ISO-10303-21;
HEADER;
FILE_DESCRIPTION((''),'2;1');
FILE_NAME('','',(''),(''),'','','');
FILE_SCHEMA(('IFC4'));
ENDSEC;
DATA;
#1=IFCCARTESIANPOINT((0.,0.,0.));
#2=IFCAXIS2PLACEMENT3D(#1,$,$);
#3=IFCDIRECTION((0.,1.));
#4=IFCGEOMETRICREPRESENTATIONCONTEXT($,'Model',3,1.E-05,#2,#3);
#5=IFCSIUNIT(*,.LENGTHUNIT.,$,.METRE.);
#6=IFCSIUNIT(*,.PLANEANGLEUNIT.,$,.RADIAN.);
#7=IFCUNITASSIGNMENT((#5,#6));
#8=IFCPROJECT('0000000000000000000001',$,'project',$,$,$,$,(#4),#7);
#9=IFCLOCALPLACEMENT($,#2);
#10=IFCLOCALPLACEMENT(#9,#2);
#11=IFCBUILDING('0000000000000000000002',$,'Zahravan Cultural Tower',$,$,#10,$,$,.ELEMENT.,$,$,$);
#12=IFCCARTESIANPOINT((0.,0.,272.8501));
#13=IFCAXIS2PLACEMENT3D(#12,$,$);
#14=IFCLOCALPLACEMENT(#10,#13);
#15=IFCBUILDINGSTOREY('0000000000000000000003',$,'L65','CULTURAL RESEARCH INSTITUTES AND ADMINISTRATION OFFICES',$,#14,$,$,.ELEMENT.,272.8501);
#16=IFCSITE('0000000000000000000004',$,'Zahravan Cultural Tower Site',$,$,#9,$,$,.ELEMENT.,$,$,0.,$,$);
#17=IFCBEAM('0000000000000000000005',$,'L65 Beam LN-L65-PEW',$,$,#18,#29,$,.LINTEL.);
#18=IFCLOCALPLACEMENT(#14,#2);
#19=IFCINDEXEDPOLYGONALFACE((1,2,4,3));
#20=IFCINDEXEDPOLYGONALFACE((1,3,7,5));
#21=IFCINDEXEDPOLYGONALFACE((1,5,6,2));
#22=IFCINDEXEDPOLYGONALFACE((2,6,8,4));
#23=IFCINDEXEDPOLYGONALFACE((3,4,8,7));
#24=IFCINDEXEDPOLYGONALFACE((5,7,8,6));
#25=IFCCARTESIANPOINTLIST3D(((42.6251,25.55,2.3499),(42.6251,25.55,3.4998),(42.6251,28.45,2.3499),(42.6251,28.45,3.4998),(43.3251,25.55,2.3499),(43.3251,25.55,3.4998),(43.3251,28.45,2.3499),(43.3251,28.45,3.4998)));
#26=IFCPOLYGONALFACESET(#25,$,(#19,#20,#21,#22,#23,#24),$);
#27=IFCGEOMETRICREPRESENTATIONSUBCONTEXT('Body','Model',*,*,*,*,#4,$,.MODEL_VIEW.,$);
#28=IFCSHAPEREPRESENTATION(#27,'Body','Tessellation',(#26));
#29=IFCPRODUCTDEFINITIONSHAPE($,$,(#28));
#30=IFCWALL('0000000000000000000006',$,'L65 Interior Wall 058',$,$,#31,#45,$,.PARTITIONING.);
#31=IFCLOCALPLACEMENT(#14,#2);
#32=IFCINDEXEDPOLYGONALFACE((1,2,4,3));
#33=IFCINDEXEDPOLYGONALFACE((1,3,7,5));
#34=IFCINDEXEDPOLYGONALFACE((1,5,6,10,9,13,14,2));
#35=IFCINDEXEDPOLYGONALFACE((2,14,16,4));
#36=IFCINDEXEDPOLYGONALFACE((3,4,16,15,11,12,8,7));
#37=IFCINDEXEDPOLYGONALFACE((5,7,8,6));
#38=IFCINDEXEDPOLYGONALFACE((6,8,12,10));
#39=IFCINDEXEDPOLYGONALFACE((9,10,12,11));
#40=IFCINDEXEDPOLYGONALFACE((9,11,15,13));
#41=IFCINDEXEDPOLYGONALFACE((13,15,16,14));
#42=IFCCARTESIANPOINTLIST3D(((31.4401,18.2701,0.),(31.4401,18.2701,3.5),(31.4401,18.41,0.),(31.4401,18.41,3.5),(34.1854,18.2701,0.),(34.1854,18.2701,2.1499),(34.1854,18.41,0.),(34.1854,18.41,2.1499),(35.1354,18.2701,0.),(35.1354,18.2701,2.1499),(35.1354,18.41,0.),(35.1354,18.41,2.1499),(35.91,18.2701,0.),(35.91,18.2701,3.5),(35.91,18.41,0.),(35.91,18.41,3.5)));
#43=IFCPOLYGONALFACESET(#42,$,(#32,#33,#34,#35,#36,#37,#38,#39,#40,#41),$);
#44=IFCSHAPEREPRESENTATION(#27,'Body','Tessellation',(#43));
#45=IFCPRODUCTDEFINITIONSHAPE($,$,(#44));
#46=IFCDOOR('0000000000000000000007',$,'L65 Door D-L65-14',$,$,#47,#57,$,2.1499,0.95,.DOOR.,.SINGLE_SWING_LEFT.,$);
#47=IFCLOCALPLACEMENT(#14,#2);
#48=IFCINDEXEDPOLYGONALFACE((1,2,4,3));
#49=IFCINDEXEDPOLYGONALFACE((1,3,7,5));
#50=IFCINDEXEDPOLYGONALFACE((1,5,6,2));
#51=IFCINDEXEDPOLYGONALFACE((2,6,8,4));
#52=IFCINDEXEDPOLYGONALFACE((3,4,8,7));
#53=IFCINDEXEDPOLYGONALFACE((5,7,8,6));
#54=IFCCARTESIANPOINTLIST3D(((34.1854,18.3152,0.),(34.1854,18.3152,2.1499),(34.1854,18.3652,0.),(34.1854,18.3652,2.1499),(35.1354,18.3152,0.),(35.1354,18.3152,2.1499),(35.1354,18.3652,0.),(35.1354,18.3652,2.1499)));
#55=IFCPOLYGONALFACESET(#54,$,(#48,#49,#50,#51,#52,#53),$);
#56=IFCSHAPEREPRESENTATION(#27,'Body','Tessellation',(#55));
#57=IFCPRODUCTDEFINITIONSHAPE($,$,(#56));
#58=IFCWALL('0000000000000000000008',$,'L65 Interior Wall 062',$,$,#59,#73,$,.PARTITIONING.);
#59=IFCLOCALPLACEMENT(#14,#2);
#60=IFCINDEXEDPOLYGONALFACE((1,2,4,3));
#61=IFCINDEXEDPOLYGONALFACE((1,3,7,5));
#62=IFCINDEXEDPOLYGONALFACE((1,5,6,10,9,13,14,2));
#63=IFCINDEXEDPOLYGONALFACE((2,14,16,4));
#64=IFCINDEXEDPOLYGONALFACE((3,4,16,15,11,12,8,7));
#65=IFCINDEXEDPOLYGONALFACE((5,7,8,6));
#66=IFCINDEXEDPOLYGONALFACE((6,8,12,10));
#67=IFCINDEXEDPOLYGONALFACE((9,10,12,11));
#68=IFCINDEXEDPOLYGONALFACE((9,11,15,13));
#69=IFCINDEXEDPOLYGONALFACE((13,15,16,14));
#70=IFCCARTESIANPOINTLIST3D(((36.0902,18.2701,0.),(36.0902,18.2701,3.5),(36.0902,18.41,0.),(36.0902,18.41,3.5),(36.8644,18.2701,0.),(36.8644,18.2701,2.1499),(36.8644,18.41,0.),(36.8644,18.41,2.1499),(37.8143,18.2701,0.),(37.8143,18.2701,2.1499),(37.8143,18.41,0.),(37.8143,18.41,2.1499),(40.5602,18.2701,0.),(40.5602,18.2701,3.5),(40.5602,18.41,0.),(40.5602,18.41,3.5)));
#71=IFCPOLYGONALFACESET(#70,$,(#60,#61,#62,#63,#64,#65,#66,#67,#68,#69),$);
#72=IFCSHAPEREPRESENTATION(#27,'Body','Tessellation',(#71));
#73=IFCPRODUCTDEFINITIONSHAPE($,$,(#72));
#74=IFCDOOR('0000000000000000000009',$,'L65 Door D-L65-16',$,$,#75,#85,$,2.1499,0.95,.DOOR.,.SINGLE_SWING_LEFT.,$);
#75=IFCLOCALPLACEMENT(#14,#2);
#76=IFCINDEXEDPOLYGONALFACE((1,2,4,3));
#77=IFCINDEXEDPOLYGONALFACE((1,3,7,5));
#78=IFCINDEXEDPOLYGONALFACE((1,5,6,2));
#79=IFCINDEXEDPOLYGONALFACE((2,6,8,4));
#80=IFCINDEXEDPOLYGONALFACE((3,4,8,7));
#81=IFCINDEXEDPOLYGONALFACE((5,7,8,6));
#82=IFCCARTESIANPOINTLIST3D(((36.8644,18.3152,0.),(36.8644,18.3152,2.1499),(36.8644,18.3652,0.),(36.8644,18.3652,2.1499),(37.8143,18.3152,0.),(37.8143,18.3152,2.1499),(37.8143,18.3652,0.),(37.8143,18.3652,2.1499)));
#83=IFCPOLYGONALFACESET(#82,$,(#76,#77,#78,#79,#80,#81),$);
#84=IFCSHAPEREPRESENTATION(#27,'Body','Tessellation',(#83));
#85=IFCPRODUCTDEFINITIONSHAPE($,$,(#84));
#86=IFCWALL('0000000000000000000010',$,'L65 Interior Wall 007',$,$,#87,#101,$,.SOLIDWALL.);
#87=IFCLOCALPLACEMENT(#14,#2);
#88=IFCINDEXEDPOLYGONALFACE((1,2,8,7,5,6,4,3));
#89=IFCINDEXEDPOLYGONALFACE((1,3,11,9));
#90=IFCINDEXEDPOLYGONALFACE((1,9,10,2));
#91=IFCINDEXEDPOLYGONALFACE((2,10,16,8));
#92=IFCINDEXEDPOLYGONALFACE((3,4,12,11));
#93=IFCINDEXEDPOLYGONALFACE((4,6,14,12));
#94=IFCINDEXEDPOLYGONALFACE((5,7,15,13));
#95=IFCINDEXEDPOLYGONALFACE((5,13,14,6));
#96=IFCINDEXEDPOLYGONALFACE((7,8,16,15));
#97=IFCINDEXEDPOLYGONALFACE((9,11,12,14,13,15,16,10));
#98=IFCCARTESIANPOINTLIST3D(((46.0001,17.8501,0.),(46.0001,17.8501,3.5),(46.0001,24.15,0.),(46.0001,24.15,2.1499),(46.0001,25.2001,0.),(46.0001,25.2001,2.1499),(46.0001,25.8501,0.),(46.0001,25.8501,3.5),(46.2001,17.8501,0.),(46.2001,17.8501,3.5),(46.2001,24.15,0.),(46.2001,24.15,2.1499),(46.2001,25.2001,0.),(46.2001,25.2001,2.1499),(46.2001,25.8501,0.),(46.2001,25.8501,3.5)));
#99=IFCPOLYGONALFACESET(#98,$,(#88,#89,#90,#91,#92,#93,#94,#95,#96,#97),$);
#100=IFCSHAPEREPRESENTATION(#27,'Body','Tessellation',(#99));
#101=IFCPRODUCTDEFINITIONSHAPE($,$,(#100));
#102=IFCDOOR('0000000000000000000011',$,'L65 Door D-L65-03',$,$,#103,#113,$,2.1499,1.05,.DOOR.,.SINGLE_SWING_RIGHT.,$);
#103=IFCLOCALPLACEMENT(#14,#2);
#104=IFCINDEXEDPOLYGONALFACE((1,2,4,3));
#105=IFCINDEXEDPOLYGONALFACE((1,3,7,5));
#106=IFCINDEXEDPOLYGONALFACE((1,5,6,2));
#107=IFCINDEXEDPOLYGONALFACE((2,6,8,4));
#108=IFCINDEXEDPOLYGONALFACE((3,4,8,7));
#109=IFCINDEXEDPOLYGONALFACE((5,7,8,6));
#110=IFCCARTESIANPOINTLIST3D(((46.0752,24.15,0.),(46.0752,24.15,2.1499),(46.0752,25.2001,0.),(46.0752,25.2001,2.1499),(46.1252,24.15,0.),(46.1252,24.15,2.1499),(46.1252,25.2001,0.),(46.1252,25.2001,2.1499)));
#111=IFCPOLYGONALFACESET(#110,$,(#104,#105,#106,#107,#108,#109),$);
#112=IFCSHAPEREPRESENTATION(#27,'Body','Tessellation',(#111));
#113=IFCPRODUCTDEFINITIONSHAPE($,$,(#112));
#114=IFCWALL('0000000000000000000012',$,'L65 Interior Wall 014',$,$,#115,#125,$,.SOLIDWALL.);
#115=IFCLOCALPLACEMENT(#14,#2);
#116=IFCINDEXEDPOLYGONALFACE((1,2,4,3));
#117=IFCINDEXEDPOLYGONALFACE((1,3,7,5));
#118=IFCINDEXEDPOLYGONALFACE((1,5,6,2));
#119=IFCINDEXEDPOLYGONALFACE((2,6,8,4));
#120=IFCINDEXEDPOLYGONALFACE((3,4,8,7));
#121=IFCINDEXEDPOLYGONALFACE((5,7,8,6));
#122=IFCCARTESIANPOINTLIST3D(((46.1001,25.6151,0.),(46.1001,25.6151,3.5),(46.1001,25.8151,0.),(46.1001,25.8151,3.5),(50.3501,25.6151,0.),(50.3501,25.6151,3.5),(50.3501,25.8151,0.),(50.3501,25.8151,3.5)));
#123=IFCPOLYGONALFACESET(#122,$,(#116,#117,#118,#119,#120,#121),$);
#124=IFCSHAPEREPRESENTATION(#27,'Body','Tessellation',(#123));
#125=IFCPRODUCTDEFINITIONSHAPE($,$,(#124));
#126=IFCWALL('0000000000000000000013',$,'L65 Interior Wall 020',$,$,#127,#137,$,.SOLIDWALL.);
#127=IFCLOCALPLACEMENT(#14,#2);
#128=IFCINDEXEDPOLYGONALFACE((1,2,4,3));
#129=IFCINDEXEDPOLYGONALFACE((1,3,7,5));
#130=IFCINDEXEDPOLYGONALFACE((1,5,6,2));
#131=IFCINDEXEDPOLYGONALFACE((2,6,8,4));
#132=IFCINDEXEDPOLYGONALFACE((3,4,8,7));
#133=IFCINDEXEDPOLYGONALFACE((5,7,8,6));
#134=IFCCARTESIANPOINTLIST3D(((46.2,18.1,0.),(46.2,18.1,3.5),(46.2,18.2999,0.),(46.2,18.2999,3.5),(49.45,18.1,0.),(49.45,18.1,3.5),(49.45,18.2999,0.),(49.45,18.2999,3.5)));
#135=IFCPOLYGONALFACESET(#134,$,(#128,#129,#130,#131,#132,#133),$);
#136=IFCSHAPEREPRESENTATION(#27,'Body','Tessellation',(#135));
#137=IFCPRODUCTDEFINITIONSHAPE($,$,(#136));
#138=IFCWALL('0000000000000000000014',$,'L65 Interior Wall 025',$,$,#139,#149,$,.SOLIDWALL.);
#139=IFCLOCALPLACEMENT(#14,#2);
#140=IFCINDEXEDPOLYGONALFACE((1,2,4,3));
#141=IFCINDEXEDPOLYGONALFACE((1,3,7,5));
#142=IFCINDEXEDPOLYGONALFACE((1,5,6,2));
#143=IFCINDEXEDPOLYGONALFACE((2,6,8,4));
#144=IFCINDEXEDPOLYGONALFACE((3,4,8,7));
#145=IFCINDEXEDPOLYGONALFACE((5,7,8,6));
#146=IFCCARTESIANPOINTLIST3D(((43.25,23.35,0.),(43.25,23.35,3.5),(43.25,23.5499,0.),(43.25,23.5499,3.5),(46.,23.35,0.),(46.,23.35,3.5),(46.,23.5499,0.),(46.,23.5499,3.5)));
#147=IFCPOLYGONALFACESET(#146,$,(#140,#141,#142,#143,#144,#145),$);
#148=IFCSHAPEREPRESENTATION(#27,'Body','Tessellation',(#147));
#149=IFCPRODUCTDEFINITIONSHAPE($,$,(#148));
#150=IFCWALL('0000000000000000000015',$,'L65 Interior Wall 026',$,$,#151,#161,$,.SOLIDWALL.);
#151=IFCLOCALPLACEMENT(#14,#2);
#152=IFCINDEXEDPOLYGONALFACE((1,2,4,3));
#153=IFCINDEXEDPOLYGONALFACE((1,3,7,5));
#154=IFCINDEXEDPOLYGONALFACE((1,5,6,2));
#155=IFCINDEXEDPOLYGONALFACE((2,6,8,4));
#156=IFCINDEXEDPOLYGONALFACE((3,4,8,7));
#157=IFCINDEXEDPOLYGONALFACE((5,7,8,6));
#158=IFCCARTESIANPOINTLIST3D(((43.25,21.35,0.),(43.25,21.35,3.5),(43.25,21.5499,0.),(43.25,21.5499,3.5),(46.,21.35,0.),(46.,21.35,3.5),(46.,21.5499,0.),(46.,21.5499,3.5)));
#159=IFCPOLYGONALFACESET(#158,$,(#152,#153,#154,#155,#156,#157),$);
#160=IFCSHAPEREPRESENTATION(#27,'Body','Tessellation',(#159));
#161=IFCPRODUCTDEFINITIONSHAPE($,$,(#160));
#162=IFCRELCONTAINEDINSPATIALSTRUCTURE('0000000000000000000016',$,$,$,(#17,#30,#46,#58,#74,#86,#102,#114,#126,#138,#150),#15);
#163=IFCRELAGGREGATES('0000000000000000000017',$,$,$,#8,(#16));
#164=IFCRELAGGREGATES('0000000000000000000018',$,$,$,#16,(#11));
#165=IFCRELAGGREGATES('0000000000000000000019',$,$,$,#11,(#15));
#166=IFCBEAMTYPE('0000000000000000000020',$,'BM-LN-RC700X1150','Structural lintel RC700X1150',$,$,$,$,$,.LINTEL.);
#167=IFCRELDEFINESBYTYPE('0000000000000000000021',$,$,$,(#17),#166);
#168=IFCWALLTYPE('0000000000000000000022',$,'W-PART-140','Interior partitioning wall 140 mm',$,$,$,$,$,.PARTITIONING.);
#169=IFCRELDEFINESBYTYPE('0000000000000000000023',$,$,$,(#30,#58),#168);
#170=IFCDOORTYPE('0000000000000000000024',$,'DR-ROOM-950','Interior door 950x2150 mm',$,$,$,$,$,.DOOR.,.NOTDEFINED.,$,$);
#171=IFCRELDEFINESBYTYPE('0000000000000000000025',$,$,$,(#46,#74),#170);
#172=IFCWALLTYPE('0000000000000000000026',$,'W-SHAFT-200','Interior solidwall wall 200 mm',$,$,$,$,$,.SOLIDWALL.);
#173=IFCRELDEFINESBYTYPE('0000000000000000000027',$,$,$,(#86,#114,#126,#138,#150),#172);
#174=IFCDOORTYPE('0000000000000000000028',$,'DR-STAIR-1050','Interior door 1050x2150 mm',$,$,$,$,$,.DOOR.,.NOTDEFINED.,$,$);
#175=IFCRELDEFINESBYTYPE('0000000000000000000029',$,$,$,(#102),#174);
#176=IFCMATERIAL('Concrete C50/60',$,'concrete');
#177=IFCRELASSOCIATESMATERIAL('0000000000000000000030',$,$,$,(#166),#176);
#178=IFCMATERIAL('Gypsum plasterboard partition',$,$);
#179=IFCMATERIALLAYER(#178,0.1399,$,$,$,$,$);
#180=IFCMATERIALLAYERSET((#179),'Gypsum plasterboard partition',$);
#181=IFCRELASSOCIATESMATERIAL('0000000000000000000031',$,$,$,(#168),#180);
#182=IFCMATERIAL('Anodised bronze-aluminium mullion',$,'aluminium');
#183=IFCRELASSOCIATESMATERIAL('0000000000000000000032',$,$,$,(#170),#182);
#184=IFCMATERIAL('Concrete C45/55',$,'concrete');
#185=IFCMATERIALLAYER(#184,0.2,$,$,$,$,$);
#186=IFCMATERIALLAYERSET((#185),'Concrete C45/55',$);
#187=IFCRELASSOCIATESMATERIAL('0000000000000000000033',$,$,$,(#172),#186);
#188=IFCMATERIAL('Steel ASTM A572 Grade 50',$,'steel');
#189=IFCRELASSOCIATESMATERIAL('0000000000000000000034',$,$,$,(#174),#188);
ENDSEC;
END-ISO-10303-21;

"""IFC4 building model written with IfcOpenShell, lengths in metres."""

from ifc_helpers import new_model, si_unit, direction, frame, frame_2d, origin, origin_2d, place, context, subcontext, project, spatial, rectangle, extrude, source, transform, mapped, material, layer, layer_set, material_profile, profile_set, type_object, element, fill, save


model = new_model("IFC4")

# Units and contexts
model_context = context("Model", 3, precision=1e-05, world=origin(), true_north=direction((0.0, 1.0)))
body_context = subcontext(model_context, "Body", "Model", "MODEL_VIEW")
ifc_project = project(units=[si_unit("LENGTHUNIT", "METRE"), si_unit("PLANEANGLEUNIT", "RADIAN")], contexts=[model_context])

# Site, building, storey
site_placement = place(None, origin())
site = spatial("IfcSite", under=ifc_project, at=site_placement, Name="Zahravan Cultural Tower Site", CompositionType="ELEMENT", RefElevation=0.0)
building_placement = place(site_placement, origin())
building = spatial("IfcBuilding", under=site, at=building_placement, Name="Zahravan Cultural Tower", CompositionType="ELEMENT")
storey_placement = place(building_placement, frame((0.0, 0.0, 272.8501)))
storey = spatial("IfcBuildingStorey", under=building, at=storey_placement, Name="L65", Description="CULTURAL RESEARCH INSTITUTES AND ADMINISTRATION OFFICES", CompositionType="ELEMENT", Elevation=272.8501)

# Beam
ifc_material_1 = material(Name="Concrete C50/60", Category="concrete")
ifc_material_profile = material_profile(ifc_material_1, rectangle(XDim=0.7, YDim=1.1499, at=origin_2d()), Name="RC700X1150")
ifc_profile_set = profile_set([ifc_material_profile], Name="Concrete C50/60")
beam_type = type_object("IfcBeamType", Name="BM-LN-RC700X1150", Description="Structural lintel RC700X1150", PredefinedType="LINTEL", material=ifc_profile_set)
shared_shape_1 = source(origin(), body_context, "Body", "SweptSolid", [
    extrude(rectangle(XDim=0.7, YDim=1.1499, at=origin_2d()), origin(), (0.0, 0.0, 1.0), 2.8999),
])
beam_placement = place(storey_placement, frame((42.9751, 25.55, 2.9248), z_axis=(0.0, 1.0, 0.0), x_axis=(-1.0, 0.0, 0.0)))
element("IfcBeam", 1, at=beam_placement, inside=storey, type_object=beam_type, Name="L65 Beam LN-L65-PEW", PredefinedType="LINTEL", context=body_context, shape_type="MappedRepresentation", body=[
    mapped(shared_shape_1, transform((0.0, 0.0, 0.0), x_axis=(1.0, 0.0, 0.0), y_axis=(0.0, 1.0, 0.0), z_axis=(0.0, 0.0, 1.0), scale=1.0)),
])

# Walls, openings, doors
ifc_material_2 = material(Name="Gypsum plasterboard partition")
ifc_layer_1 = layer(ifc_material_2, 0.1399)
ifc_layer_set_1 = layer_set([ifc_layer_1], Name="Gypsum plasterboard partition")
wall_type_1 = type_object("IfcWallType", Name="W-PART-140", Description="Interior partitioning wall 140 mm", PredefinedType="PARTITIONING", material=ifc_layer_set_1)
wall_1_placement = place(storey_placement, frame((35.9099, 18.3401, 0.0), z_axis=(0.0, 0.0, 1.0), x_axis=(-1.0, 0.0, 0.0)))
wall_1 = element("IfcWall", 2, at=wall_1_placement, inside=storey, type_object=wall_type_1, Name="L65 Interior Wall 058", PredefinedType="PARTITIONING", context=body_context, shape_type="SweptSolid", body=[
    extrude(rectangle(XDim=4.47, YDim=0.1399, at=frame_2d((2.2349, 0.0))), origin(), (0.0, 0.0, 1.0), 3.5),
])
opening_1_placement = place(wall_1_placement, frame((0.7744, 0.0, 0.0)))
opening_1 = element("IfcOpeningElement", 3, at=opening_1_placement, cuts=wall_1, PredefinedType="OPENING", context=body_context, shape_type="SweptSolid", body=[
    extrude(rectangle(XDim=0.95, YDim=2.1499, at=frame_2d((0.4751, 1.075))), frame((0.0, 0.0798, 0.0), z_axis=(0.0, -1.0, 0.0), x_axis=(1.0, 0.0, 0.0)), (0.0, 0.0, 1.0), 0.1599),
])
ifc_material_3 = material(Name="Anodised bronze-aluminium mullion", Category="aluminium")
door_type_1 = type_object("IfcDoorType", Name="DR-ROOM-950", Description="Interior door 950x2150 mm", OperationType="NOTDEFINED", PredefinedType="DOOR", material=ifc_material_3)
shared_shape_2 = source(origin(), body_context, "Body", "SweptSolid", [
    extrude(rectangle(XDim=0.95, YDim=2.1499, at=frame_2d((0.4751, 1.075))), frame((0.0, 0.0249, 0.0), z_axis=(0.0, -1.0, 0.0), x_axis=(1.0, 0.0, 0.0)), (0.0, 0.0, 1.0), 0.05),
])
door_1_placement = place(opening_1_placement, origin())
door_1 = element("IfcDoor", 4, at=door_1_placement, inside=storey, type_object=door_type_1, Name="L65 Door D-L65-14", OperationType="SINGLE_SWING_LEFT", OverallHeight=2.1499, OverallWidth=0.95, PredefinedType="DOOR", context=body_context, shape_type="MappedRepresentation", body=[
    mapped(shared_shape_2, transform((0.0, 0.0, 0.0), x_axis=(1.0, 0.0, 0.0), y_axis=(0.0, 1.0, 0.0), z_axis=(0.0, 0.0, 1.0), scale=1.0)),
])
fill(opening_1, door_1)
wall_2_placement = place(storey_placement, frame((40.5601, 18.3401, 0.0), z_axis=(0.0, 0.0, 1.0), x_axis=(-1.0, 0.0, 0.0)))
wall_2 = element("IfcWall", 5, at=wall_2_placement, inside=storey, type_object=wall_type_1, Name="L65 Interior Wall 062", PredefinedType="PARTITIONING", context=body_context, shape_type="SweptSolid", body=[
    extrude(rectangle(XDim=4.47, YDim=0.1399, at=frame_2d((2.2349, 0.0))), origin(), (0.0, 0.0, 1.0), 3.5),
])
opening_2_placement = place(wall_2_placement, frame((2.7456, 0.0, 0.0)))
opening_2 = element("IfcOpeningElement", 6, at=opening_2_placement, cuts=wall_2, PredefinedType="OPENING", context=body_context, shape_type="SweptSolid", body=[
    extrude(rectangle(XDim=0.95, YDim=2.1499, at=frame_2d((0.4751, 1.075))), frame((0.0, 0.0798, 0.0), z_axis=(0.0, -1.0, 0.0), x_axis=(1.0, 0.0, 0.0)), (0.0, 0.0, 1.0), 0.1599),
])
door_2_placement = place(opening_2_placement, origin())
door_2 = element("IfcDoor", 7, at=door_2_placement, inside=storey, type_object=door_type_1, Name="L65 Door D-L65-16", OperationType="SINGLE_SWING_LEFT", OverallHeight=2.1499, OverallWidth=0.95, PredefinedType="DOOR", context=body_context, shape_type="MappedRepresentation", body=[
    mapped(shared_shape_2, transform((0.0, 0.0, 0.0), x_axis=(1.0, 0.0, 0.0), y_axis=(0.0, 1.0, 0.0), z_axis=(0.0, 0.0, 1.0), scale=1.0)),
])
fill(opening_2, door_2)
ifc_material_4 = material(Name="Concrete C45/55", Category="concrete")
ifc_layer_2 = layer(ifc_material_4, 0.2)
ifc_layer_set_2 = layer_set([ifc_layer_2], Name="Concrete C45/55")
wall_type_2 = type_object("IfcWallType", Name="W-SHAFT-200", Description="Interior solidwall wall 200 mm", PredefinedType="SOLIDWALL", material=ifc_layer_set_2)
wall_3_placement = place(storey_placement, frame((46.1001, 17.8501, 0.0), z_axis=(0.0, 0.0, 1.0), x_axis=(0.0, 1.0, 0.0)))
wall_3 = element("IfcWall", 8, at=wall_3_placement, inside=storey, type_object=wall_type_2, Name="L65 Interior Wall 007", PredefinedType="SOLIDWALL", context=body_context, shape_type="SweptSolid", body=[
    extrude(rectangle(XDim=8.0, YDim=0.2, at=frame_2d((4.0, 0.0))), origin(), (0.0, 0.0, 1.0), 3.5),
])
opening_3_placement = place(wall_3_placement, frame((6.3, 0.0, 0.0)))
opening_3 = element("IfcOpeningElement", 9, at=opening_3_placement, cuts=wall_3, PredefinedType="OPENING", context=body_context, shape_type="SweptSolid", body=[
    extrude(rectangle(XDim=1.05, YDim=2.1499, at=frame_2d((0.5249, 1.075))), frame((0.0, 0.1099, 0.0), z_axis=(0.0, -1.0, 0.0), x_axis=(1.0, 0.0, 0.0)), (0.0, 0.0, 1.0), 0.22),
])
ifc_material_5 = material(Name="Steel ASTM A572 Grade 50", Category="steel")
door_type_2 = type_object("IfcDoorType", Name="DR-STAIR-1050", Description="Interior door 1050x2150 mm", OperationType="NOTDEFINED", PredefinedType="DOOR", material=ifc_material_5)
shared_shape_3 = source(origin(), body_context, "Body", "SweptSolid", [
    extrude(rectangle(XDim=1.05, YDim=2.1499, at=frame_2d((0.5249, 1.075))), frame((0.0, 0.0249, 0.0), z_axis=(0.0, -1.0, 0.0), x_axis=(1.0, 0.0, 0.0)), (0.0, 0.0, 1.0), 0.05),
])
door_3_placement = place(opening_3_placement, origin())
door_3 = element("IfcDoor", 10, at=door_3_placement, inside=storey, type_object=door_type_2, Name="L65 Door D-L65-03", OperationType="SINGLE_SWING_RIGHT", OverallHeight=2.1499, OverallWidth=1.05, PredefinedType="DOOR", context=body_context, shape_type="MappedRepresentation", body=[
    mapped(shared_shape_3, transform((0.0, 0.0, 0.0), x_axis=(1.0, 0.0, 0.0), y_axis=(0.0, 1.0, 0.0), z_axis=(0.0, 0.0, 1.0), scale=1.0)),
])
fill(opening_3, door_3)

# Walls
shared_shape_4 = source(origin(), body_context, "Body", "SweptSolid", [
    extrude(rectangle(XDim=4.25, YDim=0.2, at=frame_2d((2.125, 0.0))), origin(), (0.0, 0.0, 1.0), 3.5),
])
wall_4_placement = place(storey_placement, frame((46.1001, 25.7151, 0.0), z_axis=(0.0, 0.0, 1.0), x_axis=(1.0, 0.0, 0.0)))
element("IfcWall", 11, at=wall_4_placement, inside=storey, type_object=wall_type_2, Name="L65 Interior Wall 014", PredefinedType="SOLIDWALL", context=body_context, shape_type="MappedRepresentation", body=[
    mapped(shared_shape_4, transform((0.0, 0.0, 0.0), x_axis=(1.0, 0.0, 0.0), y_axis=(0.0, 1.0, 0.0), z_axis=(0.0, 0.0, 1.0), scale=1.0)),
])
shared_shape_5 = source(origin(), body_context, "Body", "SweptSolid", [
    extrude(rectangle(XDim=3.25, YDim=0.2, at=frame_2d((1.625, 0.0))), origin(), (0.0, 0.0, 1.0), 3.5),
])
wall_5_placement = place(storey_placement, frame((46.2, 18.2, 0.0), z_axis=(0.0, 0.0, 1.0), x_axis=(1.0, 0.0, 0.0)))
element("IfcWall", 12, at=wall_5_placement, inside=storey, type_object=wall_type_2, Name="L65 Interior Wall 020", PredefinedType="SOLIDWALL", context=body_context, shape_type="MappedRepresentation", body=[
    mapped(shared_shape_5, transform((0.0, 0.0, 0.0), x_axis=(1.0, 0.0, 0.0), y_axis=(0.0, 1.0, 0.0), z_axis=(0.0, 0.0, 1.0), scale=1.0)),
])
shared_shape_6 = source(origin(), body_context, "Body", "SweptSolid", [
    extrude(rectangle(XDim=2.75, YDim=0.2, at=frame_2d((1.375, 0.0))), origin(), (0.0, 0.0, 1.0), 3.5),
])
for number, where, z_axis, x_axis, name in (
    (13, (43.25, 23.45, 0.0), (0.0, 0.0, 1.0), (1.0, 0.0, 0.0), "L65 Interior Wall 025"),
    (14, (43.25, 21.45, 0.0), (0.0, 0.0, 1.0), (1.0, 0.0, 0.0), "L65 Interior Wall 026"),
):
    element("IfcWall", number, at=place(storey_placement, frame(where, z_axis=z_axis, x_axis=x_axis)), inside=storey, type_object=wall_type_2, Name=name, PredefinedType="SOLIDWALL", context=body_context, shape_type="MappedRepresentation", body=[
        mapped(shared_shape_6, transform((0.0, 0.0, 0.0), x_axis=(1.0, 0.0, 0.0), y_axis=(0.0, 1.0, 0.0), z_axis=(0.0, 0.0, 1.0), scale=1.0)),
    ])

save(model, "model.ifc")
